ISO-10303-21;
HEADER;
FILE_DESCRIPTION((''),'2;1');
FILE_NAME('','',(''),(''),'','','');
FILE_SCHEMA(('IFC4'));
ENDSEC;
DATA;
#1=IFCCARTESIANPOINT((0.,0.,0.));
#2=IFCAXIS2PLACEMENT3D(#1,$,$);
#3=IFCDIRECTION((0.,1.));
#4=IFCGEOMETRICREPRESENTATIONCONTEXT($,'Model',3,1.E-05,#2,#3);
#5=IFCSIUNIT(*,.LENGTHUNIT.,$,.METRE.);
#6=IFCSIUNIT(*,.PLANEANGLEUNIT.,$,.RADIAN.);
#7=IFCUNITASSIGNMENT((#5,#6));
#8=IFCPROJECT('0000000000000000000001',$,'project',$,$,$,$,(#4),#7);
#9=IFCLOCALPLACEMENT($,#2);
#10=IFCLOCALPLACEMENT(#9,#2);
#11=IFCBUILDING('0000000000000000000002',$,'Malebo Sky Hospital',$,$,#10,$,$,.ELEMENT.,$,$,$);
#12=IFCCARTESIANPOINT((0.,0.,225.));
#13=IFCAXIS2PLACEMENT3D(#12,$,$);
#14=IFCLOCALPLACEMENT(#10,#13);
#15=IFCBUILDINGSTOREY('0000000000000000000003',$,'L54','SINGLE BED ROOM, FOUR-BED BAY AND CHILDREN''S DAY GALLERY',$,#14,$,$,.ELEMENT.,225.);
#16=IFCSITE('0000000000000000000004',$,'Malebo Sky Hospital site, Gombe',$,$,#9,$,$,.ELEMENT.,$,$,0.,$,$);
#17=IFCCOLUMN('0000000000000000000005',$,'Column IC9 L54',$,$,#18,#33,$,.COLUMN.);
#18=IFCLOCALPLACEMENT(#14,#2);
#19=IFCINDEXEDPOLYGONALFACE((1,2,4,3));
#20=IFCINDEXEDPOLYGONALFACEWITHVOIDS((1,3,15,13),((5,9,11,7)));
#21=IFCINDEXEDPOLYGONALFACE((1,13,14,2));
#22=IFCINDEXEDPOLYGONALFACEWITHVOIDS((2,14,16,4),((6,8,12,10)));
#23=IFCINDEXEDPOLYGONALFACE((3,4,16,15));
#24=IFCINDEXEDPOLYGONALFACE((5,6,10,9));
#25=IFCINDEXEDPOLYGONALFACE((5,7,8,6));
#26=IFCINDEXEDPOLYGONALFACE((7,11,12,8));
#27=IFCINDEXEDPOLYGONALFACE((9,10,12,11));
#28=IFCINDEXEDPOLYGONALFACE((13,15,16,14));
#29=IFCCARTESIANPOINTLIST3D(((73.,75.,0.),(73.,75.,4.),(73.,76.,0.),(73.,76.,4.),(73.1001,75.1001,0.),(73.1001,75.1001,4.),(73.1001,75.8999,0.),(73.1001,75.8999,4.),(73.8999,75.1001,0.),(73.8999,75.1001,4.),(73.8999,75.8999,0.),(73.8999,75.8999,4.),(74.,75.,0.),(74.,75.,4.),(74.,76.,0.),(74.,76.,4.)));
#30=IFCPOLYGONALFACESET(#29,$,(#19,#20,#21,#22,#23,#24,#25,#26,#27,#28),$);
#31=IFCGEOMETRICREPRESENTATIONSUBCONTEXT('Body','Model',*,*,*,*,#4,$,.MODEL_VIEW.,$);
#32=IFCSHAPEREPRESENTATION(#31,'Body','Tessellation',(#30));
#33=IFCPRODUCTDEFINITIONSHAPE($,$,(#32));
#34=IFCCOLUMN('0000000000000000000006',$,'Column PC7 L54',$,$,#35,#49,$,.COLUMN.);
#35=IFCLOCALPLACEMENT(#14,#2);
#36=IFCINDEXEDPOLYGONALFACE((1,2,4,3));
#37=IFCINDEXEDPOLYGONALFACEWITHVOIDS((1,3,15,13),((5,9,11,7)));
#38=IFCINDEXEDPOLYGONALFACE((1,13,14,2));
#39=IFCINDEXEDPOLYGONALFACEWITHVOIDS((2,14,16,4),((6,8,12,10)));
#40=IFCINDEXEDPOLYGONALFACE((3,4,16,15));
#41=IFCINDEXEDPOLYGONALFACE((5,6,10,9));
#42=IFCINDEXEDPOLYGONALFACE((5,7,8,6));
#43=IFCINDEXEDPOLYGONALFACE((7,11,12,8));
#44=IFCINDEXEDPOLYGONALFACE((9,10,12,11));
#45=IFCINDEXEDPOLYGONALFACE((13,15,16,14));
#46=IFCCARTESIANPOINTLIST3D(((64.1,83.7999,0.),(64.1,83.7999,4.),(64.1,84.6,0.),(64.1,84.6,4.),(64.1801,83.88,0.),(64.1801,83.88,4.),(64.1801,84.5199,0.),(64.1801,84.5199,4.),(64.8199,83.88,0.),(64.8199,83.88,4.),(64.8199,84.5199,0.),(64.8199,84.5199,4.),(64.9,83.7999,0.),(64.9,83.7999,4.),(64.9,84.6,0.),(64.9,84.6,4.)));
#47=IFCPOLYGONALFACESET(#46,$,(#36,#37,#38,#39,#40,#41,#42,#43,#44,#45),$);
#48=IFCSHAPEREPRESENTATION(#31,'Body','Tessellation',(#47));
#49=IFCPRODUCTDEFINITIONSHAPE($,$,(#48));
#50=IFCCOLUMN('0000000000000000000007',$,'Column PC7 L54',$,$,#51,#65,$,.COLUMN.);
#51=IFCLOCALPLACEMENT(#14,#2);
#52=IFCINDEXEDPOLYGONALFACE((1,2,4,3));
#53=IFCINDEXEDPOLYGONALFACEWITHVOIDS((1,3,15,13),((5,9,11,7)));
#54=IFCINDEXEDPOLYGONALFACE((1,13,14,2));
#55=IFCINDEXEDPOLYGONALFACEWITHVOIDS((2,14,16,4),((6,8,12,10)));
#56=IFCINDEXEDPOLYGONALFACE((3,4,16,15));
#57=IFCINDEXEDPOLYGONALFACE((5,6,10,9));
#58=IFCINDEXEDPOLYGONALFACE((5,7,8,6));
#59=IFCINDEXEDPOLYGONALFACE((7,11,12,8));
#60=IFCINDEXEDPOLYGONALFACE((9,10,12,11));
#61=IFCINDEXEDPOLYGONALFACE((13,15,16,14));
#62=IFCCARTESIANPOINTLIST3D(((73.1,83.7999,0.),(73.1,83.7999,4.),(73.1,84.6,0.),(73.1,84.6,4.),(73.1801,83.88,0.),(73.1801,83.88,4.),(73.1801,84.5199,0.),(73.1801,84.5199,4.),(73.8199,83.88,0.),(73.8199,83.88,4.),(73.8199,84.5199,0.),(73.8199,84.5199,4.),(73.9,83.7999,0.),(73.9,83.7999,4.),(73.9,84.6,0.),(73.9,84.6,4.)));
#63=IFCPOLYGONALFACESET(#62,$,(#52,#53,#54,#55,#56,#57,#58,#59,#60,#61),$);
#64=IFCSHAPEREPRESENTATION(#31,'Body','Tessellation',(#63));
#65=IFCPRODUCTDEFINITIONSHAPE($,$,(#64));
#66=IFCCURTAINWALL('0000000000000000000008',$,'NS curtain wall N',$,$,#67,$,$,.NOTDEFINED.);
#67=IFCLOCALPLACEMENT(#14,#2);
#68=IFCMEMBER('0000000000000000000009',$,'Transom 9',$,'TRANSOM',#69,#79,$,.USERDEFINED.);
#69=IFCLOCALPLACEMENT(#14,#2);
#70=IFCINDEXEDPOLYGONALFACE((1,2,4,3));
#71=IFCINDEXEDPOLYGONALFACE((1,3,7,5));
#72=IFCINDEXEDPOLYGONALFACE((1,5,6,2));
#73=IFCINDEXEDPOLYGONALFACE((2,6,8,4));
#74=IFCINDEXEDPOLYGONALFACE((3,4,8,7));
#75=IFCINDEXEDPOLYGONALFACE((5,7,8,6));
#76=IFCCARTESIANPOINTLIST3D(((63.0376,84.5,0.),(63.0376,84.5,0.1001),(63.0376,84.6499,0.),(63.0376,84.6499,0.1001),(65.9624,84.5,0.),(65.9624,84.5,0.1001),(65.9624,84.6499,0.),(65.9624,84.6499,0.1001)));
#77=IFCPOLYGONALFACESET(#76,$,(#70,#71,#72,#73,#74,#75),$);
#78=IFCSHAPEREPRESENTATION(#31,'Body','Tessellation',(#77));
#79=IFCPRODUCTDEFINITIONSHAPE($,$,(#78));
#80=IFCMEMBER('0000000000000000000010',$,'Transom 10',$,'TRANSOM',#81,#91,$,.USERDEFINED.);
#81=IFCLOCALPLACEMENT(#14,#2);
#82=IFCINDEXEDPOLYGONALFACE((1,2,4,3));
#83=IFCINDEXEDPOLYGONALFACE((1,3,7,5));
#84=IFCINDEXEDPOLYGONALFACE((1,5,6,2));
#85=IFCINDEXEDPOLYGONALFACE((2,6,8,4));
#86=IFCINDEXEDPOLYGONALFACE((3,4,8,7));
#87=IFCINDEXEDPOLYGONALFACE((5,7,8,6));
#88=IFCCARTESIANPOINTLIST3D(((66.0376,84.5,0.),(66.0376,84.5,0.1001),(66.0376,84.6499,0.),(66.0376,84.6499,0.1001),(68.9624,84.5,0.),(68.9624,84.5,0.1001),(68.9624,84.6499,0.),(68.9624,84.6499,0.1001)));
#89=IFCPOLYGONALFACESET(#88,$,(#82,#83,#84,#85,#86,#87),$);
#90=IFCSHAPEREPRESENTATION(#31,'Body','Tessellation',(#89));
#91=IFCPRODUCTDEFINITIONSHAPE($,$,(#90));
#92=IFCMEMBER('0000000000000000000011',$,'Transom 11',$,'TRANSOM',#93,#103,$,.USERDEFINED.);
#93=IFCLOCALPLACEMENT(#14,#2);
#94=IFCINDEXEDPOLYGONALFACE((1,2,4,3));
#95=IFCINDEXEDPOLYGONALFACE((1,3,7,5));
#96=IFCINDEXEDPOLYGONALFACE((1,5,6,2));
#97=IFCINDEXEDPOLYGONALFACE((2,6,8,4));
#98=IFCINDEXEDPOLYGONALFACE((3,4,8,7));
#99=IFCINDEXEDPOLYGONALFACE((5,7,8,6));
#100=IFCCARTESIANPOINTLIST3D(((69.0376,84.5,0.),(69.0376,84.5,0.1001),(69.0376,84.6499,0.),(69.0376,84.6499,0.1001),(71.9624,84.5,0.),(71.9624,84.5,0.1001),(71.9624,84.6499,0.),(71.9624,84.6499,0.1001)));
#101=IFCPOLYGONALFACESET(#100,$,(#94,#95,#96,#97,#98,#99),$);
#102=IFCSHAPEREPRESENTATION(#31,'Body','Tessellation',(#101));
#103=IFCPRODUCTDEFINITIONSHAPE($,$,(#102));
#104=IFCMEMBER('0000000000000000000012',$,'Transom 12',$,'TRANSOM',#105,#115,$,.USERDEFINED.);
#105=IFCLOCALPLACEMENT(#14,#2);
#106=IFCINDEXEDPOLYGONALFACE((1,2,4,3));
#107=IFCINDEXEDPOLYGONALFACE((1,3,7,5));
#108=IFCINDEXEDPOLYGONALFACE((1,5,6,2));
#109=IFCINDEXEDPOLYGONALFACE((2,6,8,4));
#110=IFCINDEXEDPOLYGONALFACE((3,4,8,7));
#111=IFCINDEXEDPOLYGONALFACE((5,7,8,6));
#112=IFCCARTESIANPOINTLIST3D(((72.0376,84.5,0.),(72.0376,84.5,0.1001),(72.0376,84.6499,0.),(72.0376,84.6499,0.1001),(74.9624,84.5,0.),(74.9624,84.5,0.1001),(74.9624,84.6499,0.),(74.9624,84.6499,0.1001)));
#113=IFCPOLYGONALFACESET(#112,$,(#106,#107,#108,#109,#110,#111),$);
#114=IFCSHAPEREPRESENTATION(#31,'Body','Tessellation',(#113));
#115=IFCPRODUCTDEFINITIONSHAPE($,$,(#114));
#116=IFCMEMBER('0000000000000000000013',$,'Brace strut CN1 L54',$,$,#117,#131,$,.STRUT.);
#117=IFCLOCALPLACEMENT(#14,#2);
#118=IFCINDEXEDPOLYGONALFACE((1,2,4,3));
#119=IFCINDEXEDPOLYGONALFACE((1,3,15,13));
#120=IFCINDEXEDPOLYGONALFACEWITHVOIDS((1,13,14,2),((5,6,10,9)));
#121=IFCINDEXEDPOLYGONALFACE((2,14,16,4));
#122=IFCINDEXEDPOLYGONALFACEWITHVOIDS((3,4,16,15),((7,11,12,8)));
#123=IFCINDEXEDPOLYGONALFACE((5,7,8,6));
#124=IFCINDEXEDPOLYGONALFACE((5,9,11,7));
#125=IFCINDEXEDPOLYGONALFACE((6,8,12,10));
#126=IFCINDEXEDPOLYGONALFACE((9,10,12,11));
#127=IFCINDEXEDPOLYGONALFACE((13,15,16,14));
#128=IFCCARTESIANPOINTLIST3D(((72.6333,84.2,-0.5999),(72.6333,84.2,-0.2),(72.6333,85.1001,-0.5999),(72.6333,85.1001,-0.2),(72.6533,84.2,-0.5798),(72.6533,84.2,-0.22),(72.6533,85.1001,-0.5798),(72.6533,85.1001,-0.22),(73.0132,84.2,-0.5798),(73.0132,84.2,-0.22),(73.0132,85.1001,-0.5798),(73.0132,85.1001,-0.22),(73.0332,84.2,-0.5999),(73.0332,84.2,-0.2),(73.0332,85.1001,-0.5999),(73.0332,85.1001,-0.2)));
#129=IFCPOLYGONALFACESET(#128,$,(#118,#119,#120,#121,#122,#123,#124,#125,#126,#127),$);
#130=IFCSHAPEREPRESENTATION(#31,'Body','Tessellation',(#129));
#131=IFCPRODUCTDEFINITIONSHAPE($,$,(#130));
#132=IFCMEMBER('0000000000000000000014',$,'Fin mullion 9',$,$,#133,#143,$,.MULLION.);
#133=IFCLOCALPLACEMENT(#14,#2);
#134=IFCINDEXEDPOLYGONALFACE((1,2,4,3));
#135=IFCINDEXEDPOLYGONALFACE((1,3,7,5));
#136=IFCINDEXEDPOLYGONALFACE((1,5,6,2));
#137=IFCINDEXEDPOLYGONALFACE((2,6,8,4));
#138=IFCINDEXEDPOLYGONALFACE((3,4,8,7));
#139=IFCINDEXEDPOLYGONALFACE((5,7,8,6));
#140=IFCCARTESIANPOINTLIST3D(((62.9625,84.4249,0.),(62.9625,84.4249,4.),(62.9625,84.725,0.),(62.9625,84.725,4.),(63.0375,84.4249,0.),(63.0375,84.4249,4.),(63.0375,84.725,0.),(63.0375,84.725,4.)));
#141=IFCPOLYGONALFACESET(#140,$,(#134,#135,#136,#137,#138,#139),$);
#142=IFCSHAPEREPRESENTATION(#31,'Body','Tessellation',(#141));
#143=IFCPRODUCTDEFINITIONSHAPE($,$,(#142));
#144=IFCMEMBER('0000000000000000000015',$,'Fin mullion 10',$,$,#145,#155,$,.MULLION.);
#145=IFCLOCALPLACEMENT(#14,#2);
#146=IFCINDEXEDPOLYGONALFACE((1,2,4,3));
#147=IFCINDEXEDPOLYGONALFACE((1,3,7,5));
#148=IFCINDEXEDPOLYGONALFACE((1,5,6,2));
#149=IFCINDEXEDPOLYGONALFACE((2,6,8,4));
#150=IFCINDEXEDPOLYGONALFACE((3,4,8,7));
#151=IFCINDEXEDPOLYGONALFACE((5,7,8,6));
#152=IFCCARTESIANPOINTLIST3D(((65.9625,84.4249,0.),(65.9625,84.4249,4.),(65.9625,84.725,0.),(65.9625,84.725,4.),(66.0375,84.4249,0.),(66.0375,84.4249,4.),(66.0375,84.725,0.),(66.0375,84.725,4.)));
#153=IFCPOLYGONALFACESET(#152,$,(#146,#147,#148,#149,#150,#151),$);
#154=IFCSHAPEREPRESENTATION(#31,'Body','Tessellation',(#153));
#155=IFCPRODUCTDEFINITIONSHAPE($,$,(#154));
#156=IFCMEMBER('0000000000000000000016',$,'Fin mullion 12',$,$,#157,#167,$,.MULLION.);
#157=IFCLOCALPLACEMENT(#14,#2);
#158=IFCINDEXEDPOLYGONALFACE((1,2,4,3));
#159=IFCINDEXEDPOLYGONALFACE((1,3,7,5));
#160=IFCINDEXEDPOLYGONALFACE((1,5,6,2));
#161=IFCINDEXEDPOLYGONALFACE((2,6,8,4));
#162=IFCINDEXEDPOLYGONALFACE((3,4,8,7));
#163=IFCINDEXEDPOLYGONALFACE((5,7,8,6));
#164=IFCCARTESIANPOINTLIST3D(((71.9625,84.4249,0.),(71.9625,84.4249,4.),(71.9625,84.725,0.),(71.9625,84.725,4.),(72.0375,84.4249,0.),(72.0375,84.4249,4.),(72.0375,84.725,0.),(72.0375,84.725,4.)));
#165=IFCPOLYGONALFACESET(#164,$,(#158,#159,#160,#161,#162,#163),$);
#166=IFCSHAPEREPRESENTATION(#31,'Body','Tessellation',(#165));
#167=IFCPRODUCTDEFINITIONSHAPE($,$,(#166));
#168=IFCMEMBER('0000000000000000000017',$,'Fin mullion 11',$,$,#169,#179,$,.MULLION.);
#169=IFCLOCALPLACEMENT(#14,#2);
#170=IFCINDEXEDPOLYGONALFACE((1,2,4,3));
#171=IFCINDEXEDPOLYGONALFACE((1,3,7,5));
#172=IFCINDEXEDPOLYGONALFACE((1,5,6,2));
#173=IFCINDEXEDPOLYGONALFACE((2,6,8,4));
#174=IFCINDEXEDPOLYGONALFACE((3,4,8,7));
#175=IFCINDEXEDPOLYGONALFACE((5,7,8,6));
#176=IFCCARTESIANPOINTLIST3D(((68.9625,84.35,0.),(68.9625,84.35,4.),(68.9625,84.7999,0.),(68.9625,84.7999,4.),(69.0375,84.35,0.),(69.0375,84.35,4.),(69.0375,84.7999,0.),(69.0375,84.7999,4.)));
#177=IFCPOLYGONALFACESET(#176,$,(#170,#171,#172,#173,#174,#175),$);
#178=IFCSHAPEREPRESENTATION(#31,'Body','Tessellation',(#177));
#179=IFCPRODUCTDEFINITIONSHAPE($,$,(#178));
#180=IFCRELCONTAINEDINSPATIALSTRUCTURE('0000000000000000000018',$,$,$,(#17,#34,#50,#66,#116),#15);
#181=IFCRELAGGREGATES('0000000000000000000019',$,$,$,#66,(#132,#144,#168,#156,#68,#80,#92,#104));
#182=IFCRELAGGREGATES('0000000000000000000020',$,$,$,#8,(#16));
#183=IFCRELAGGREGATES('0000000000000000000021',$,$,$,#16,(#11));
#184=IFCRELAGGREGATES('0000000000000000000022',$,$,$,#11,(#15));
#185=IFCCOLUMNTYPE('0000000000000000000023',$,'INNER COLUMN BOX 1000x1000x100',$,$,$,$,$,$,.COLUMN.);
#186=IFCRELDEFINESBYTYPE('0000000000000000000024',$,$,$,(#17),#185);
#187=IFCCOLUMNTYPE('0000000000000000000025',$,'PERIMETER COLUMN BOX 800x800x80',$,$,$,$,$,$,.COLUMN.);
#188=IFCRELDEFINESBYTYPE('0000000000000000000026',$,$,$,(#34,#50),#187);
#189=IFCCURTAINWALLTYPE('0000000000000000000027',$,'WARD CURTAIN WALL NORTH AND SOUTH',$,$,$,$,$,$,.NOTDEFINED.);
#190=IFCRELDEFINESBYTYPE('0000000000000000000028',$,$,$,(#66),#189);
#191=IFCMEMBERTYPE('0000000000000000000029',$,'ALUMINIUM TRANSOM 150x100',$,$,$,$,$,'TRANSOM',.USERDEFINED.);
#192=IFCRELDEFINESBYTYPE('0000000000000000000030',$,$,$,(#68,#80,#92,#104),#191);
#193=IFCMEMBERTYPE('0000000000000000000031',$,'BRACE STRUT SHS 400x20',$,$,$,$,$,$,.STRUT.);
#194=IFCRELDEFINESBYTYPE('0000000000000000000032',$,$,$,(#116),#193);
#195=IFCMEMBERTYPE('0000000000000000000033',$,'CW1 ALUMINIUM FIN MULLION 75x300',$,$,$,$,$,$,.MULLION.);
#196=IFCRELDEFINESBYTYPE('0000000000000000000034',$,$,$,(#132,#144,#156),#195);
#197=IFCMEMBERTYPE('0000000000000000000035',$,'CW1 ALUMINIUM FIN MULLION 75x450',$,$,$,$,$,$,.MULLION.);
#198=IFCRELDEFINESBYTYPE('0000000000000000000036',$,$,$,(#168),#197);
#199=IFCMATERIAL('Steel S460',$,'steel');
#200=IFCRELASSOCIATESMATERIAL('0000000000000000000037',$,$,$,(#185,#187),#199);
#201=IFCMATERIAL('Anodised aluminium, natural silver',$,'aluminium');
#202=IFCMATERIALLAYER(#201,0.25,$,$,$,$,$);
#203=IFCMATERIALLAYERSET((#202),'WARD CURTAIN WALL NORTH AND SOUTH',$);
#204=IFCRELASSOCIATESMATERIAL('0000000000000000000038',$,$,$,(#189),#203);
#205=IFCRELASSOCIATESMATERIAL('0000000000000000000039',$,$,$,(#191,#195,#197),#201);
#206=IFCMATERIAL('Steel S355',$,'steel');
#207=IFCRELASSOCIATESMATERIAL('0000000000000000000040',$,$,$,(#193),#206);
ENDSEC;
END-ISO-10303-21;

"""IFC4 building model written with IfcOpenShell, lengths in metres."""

from ifc_helpers import new_model, si_unit, direction, frame, origin, origin_2d, place, context, subcontext, project, spatial, rectangle, hollow_rectangle, extrude, material, layer, layer_set, material_profile, profile_set, type_object, element, aggregate, save


model = new_model("IFC4")

# Units and contexts
model_context = context("Model", 3, precision=1e-05, world=origin(), true_north=direction((0.0, 1.0)))
body_context = subcontext(model_context, "Body", "Model", "MODEL_VIEW")
ifc_project = project(units=[si_unit("LENGTHUNIT", "METRE"), si_unit("PLANEANGLEUNIT", "RADIAN")], contexts=[model_context])

# Site, building, storey
site_placement = place(None, origin())
site = spatial("IfcSite", under=ifc_project, at=site_placement, Name="Malebo Sky Hospital site, Gombe", CompositionType="ELEMENT", RefElevation=0.0)
building_placement = place(site_placement, origin())
building = spatial("IfcBuilding", under=site, at=building_placement, Name="Malebo Sky Hospital", CompositionType="ELEMENT")
storey_placement = place(building_placement, frame((0.0, 0.0, 225.0)))
storey = spatial("IfcBuildingStorey", under=building, at=storey_placement, Name="L54", Description="SINGLE BED ROOM, FOUR-BED BAY AND CHILDREN'S DAY GALLERY", CompositionType="ELEMENT", Elevation=225.0)

# Columns
ifc_material_1 = material(Name="Steel S460", Category="steel")
ifc_material_profile_1 = material_profile(ifc_material_1, hollow_rectangle(XDim=1.0, YDim=1.0, WallThickness=0.1001, at=origin_2d()), Name="BOX 1000x1000x100")
ifc_profile_set_1 = profile_set([ifc_material_profile_1], Name="Steel S460")
column_type_1 = type_object("IfcColumnType", Name="INNER COLUMN BOX 1000x1000x100", PredefinedType="COLUMN", material=ifc_profile_set_1)
column_placement = place(storey_placement, frame((73.5, 75.5, 0.0), z_axis=(0.0, 0.0, 1.0), x_axis=(1.0, 0.0, 0.0)))
element("IfcColumn", 1, at=column_placement, inside=storey, type_object=column_type_1, Name="Column IC9 L54", PredefinedType="COLUMN", context=body_context, shape_type="SweptSolid", body=[
    extrude(hollow_rectangle(XDim=1.0, YDim=1.0, WallThickness=0.1001, at=origin_2d()), origin(), (0.0, 0.0, 1.0), 4.0),
])
ifc_material_profile_2 = material_profile(ifc_material_1, hollow_rectangle(XDim=0.8, YDim=0.8, WallThickness=0.0801, at=origin_2d()), Name="BOX 800x800x80")
ifc_profile_set_2 = profile_set([ifc_material_profile_2], Name="Steel S460")
column_type_2 = type_object("IfcColumnType", Name="PERIMETER COLUMN BOX 800x800x80", PredefinedType="COLUMN", material=ifc_profile_set_2)
for number, where, z_axis, x_axis, name in (
    (2, (64.5, 84.2, 0.0), (0.0, 0.0, 1.0), (1.0, 0.0, 0.0), "Column PC7 L54"),
    (3, (73.5, 84.2, 0.0), (0.0, 0.0, 1.0), (1.0, 0.0, 0.0), "Column PC7 L54"),
):
    element("IfcColumn", number, at=place(storey_placement, frame(where, z_axis=z_axis, x_axis=x_axis)), inside=storey, type_object=column_type_2, Name=name, PredefinedType="COLUMN", context=body_context, shape_type="SweptSolid", body=[
        extrude(hollow_rectangle(XDim=0.8, YDim=0.8, WallThickness=0.0801, at=origin_2d()), origin(), (0.0, 0.0, 1.0), 4.0),
    ])

# Curtain wall, members
ifc_material_2 = material(Name="Anodised aluminium, natural silver", Category="aluminium")
ifc_layer_1 = layer(ifc_material_2, 0.25)
ifc_layer_set_1 = layer_set([ifc_layer_1], Name="WARD CURTAIN WALL NORTH AND SOUTH")
curtain_wall_type = type_object("IfcCurtainWallType", Name="WARD CURTAIN WALL NORTH AND SOUTH", PredefinedType="NOTDEFINED", material=ifc_layer_set_1)
curtain_wall_placement = place(storey_placement, origin())
curtain_wall = element("IfcCurtainWall", 4, at=curtain_wall_placement, inside=storey, type_object=curtain_wall_type, Name="NS curtain wall N", PredefinedType="NOTDEFINED")
ifc_material_profile_3 = material_profile(ifc_material_2, rectangle(XDim=0.1499, YDim=0.1001, at=origin_2d()), Name="ALUMINIUM TRANSOM 150x100")
ifc_profile_set_3 = profile_set([ifc_material_profile_3], Name="Anodised aluminium, natural silver")
member_type_1 = type_object("IfcMemberType", Name="ALUMINIUM TRANSOM 150x100", ElementType="TRANSOM", PredefinedType="USERDEFINED", material=ifc_profile_set_3)
member_1_placement = place(storey_placement, frame((63.0376, 84.575, 0.05), z_axis=(1.0, 0.0, 0.0), x_axis=(0.0, 1.0, 0.0)))
member_1 = element("IfcMember", 5, at=member_1_placement, type_object=member_type_1, Name="Transom 9", ObjectType="TRANSOM", PredefinedType="USERDEFINED", context=body_context, shape_type="SweptSolid", body=[
    extrude(rectangle(XDim=0.1499, YDim=0.1001, at=origin_2d()), origin(), (0.0, 0.0, 1.0), 2.9248),
])
member_2_placement = place(storey_placement, frame((66.0376, 84.575, 0.05), z_axis=(1.0, 0.0, 0.0), x_axis=(0.0, 1.0, 0.0)))
member_2 = element("IfcMember", 6, at=member_2_placement, type_object=member_type_1, Name="Transom 10", ObjectType="TRANSOM", PredefinedType="USERDEFINED", context=body_context, shape_type="SweptSolid", body=[
    extrude(rectangle(XDim=0.1499, YDim=0.1001, at=origin_2d()), origin(), (0.0, 0.0, 1.0), 2.9248),
])
member_3_placement = place(storey_placement, frame((69.0376, 84.575, 0.05), z_axis=(1.0, 0.0, 0.0), x_axis=(0.0, 1.0, 0.0)))
member_3 = element("IfcMember", 7, at=member_3_placement, type_object=member_type_1, Name="Transom 11", ObjectType="TRANSOM", PredefinedType="USERDEFINED", context=body_context, shape_type="SweptSolid", body=[
    extrude(rectangle(XDim=0.1499, YDim=0.1001, at=origin_2d()), origin(), (0.0, 0.0, 1.0), 2.9248),
])
member_4_placement = place(storey_placement, frame((72.0376, 84.575, 0.05), z_axis=(1.0, 0.0, 0.0), x_axis=(0.0, 1.0, 0.0)))
member_4 = element("IfcMember", 8, at=member_4_placement, type_object=member_type_1, Name="Transom 12", ObjectType="TRANSOM", PredefinedType="USERDEFINED", context=body_context, shape_type="SweptSolid", body=[
    extrude(rectangle(XDim=0.1499, YDim=0.1001, at=origin_2d()), origin(), (0.0, 0.0, 1.0), 2.9248),
])

# Members
ifc_material_3 = material(Name="Steel S355", Category="steel")
ifc_material_profile_4 = material_profile(ifc_material_3, hollow_rectangle(XDim=0.3999, YDim=0.3999, WallThickness=0.02, at=origin_2d()), Name="SHS 400x20")
ifc_profile_set_4 = profile_set([ifc_material_profile_4], Name="Steel S355")
member_type_2 = type_object("IfcMemberType", Name="BRACE STRUT SHS 400x20", PredefinedType="STRUT", material=ifc_profile_set_4)
member_5_placement = place(storey_placement, frame((72.8333, 85.1001, -0.3999), z_axis=(0.0, -1.0, 0.0), x_axis=(1.0, 0.0, 0.0)))
element("IfcMember", 9, at=member_5_placement, inside=storey, type_object=member_type_2, Name="Brace strut CN1 L54", PredefinedType="STRUT", context=body_context, shape_type="SweptSolid", body=[
    extrude(hollow_rectangle(XDim=0.3999, YDim=0.3999, WallThickness=0.02, at=origin_2d()), origin(), (0.0, 0.0, 1.0), 0.9001),
])
ifc_material_profile_5 = material_profile(ifc_material_2, rectangle(XDim=0.075, YDim=0.3, at=origin_2d()), Name="CW1 ALUMINIUM FIN MULLION 75x300")
ifc_profile_set_5 = profile_set([ifc_material_profile_5], Name="Anodised aluminium, natural silver")
member_type_3 = type_object("IfcMemberType", Name="CW1 ALUMINIUM FIN MULLION 75x300", PredefinedType="MULLION", material=ifc_profile_set_5)
member_6_placement = place(storey_placement, frame((63.0, 84.575, 0.0), z_axis=(0.0, 0.0, 1.0), x_axis=(1.0, 0.0, 0.0)))
member_6 = element("IfcMember", 10, at=member_6_placement, type_object=member_type_3, Name="Fin mullion 9", PredefinedType="MULLION", context=body_context, shape_type="SweptSolid", body=[
    extrude(rectangle(XDim=0.075, YDim=0.3, at=origin_2d()), origin(), (0.0, 0.0, 1.0), 4.0),
])
member_7_placement = place(storey_placement, frame((66.0, 84.575, 0.0), z_axis=(0.0, 0.0, 1.0), x_axis=(1.0, 0.0, 0.0)))
member_7 = element("IfcMember", 11, at=member_7_placement, type_object=member_type_3, Name="Fin mullion 10", PredefinedType="MULLION", context=body_context, shape_type="SweptSolid", body=[
    extrude(rectangle(XDim=0.075, YDim=0.3, at=origin_2d()), origin(), (0.0, 0.0, 1.0), 4.0),
])
member_8_placement = place(storey_placement, frame((72.0, 84.575, 0.0), z_axis=(0.0, 0.0, 1.0), x_axis=(1.0, 0.0, 0.0)))
member_8 = element("IfcMember", 12, at=member_8_placement, type_object=member_type_3, Name="Fin mullion 12", PredefinedType="MULLION", context=body_context, shape_type="SweptSolid", body=[
    extrude(rectangle(XDim=0.075, YDim=0.3, at=origin_2d()), origin(), (0.0, 0.0, 1.0), 4.0),
])
ifc_material_profile_6 = material_profile(ifc_material_2, rectangle(XDim=0.075, YDim=0.45, at=origin_2d()), Name="CW1 ALUMINIUM FIN MULLION 75x450")
ifc_profile_set_6 = profile_set([ifc_material_profile_6], Name="Anodised aluminium, natural silver")
member_type_4 = type_object("IfcMemberType", Name="CW1 ALUMINIUM FIN MULLION 75x450", PredefinedType="MULLION", material=ifc_profile_set_6)
member_9_placement = place(storey_placement, frame((69.0, 84.575, 0.0), z_axis=(0.0, 0.0, 1.0), x_axis=(1.0, 0.0, 0.0)))
member_9 = element("IfcMember", 13, at=member_9_placement, type_object=member_type_4, Name="Fin mullion 11", PredefinedType="MULLION", context=body_context, shape_type="SweptSolid", body=[
    extrude(rectangle(XDim=0.075, YDim=0.45, at=origin_2d()), origin(), (0.0, 0.0, 1.0), 4.0),
])

aggregate(curtain_wall, [member_6, member_7, member_9, member_8, member_1, member_2, member_3, member_4])

save(model, "model.ifc")
